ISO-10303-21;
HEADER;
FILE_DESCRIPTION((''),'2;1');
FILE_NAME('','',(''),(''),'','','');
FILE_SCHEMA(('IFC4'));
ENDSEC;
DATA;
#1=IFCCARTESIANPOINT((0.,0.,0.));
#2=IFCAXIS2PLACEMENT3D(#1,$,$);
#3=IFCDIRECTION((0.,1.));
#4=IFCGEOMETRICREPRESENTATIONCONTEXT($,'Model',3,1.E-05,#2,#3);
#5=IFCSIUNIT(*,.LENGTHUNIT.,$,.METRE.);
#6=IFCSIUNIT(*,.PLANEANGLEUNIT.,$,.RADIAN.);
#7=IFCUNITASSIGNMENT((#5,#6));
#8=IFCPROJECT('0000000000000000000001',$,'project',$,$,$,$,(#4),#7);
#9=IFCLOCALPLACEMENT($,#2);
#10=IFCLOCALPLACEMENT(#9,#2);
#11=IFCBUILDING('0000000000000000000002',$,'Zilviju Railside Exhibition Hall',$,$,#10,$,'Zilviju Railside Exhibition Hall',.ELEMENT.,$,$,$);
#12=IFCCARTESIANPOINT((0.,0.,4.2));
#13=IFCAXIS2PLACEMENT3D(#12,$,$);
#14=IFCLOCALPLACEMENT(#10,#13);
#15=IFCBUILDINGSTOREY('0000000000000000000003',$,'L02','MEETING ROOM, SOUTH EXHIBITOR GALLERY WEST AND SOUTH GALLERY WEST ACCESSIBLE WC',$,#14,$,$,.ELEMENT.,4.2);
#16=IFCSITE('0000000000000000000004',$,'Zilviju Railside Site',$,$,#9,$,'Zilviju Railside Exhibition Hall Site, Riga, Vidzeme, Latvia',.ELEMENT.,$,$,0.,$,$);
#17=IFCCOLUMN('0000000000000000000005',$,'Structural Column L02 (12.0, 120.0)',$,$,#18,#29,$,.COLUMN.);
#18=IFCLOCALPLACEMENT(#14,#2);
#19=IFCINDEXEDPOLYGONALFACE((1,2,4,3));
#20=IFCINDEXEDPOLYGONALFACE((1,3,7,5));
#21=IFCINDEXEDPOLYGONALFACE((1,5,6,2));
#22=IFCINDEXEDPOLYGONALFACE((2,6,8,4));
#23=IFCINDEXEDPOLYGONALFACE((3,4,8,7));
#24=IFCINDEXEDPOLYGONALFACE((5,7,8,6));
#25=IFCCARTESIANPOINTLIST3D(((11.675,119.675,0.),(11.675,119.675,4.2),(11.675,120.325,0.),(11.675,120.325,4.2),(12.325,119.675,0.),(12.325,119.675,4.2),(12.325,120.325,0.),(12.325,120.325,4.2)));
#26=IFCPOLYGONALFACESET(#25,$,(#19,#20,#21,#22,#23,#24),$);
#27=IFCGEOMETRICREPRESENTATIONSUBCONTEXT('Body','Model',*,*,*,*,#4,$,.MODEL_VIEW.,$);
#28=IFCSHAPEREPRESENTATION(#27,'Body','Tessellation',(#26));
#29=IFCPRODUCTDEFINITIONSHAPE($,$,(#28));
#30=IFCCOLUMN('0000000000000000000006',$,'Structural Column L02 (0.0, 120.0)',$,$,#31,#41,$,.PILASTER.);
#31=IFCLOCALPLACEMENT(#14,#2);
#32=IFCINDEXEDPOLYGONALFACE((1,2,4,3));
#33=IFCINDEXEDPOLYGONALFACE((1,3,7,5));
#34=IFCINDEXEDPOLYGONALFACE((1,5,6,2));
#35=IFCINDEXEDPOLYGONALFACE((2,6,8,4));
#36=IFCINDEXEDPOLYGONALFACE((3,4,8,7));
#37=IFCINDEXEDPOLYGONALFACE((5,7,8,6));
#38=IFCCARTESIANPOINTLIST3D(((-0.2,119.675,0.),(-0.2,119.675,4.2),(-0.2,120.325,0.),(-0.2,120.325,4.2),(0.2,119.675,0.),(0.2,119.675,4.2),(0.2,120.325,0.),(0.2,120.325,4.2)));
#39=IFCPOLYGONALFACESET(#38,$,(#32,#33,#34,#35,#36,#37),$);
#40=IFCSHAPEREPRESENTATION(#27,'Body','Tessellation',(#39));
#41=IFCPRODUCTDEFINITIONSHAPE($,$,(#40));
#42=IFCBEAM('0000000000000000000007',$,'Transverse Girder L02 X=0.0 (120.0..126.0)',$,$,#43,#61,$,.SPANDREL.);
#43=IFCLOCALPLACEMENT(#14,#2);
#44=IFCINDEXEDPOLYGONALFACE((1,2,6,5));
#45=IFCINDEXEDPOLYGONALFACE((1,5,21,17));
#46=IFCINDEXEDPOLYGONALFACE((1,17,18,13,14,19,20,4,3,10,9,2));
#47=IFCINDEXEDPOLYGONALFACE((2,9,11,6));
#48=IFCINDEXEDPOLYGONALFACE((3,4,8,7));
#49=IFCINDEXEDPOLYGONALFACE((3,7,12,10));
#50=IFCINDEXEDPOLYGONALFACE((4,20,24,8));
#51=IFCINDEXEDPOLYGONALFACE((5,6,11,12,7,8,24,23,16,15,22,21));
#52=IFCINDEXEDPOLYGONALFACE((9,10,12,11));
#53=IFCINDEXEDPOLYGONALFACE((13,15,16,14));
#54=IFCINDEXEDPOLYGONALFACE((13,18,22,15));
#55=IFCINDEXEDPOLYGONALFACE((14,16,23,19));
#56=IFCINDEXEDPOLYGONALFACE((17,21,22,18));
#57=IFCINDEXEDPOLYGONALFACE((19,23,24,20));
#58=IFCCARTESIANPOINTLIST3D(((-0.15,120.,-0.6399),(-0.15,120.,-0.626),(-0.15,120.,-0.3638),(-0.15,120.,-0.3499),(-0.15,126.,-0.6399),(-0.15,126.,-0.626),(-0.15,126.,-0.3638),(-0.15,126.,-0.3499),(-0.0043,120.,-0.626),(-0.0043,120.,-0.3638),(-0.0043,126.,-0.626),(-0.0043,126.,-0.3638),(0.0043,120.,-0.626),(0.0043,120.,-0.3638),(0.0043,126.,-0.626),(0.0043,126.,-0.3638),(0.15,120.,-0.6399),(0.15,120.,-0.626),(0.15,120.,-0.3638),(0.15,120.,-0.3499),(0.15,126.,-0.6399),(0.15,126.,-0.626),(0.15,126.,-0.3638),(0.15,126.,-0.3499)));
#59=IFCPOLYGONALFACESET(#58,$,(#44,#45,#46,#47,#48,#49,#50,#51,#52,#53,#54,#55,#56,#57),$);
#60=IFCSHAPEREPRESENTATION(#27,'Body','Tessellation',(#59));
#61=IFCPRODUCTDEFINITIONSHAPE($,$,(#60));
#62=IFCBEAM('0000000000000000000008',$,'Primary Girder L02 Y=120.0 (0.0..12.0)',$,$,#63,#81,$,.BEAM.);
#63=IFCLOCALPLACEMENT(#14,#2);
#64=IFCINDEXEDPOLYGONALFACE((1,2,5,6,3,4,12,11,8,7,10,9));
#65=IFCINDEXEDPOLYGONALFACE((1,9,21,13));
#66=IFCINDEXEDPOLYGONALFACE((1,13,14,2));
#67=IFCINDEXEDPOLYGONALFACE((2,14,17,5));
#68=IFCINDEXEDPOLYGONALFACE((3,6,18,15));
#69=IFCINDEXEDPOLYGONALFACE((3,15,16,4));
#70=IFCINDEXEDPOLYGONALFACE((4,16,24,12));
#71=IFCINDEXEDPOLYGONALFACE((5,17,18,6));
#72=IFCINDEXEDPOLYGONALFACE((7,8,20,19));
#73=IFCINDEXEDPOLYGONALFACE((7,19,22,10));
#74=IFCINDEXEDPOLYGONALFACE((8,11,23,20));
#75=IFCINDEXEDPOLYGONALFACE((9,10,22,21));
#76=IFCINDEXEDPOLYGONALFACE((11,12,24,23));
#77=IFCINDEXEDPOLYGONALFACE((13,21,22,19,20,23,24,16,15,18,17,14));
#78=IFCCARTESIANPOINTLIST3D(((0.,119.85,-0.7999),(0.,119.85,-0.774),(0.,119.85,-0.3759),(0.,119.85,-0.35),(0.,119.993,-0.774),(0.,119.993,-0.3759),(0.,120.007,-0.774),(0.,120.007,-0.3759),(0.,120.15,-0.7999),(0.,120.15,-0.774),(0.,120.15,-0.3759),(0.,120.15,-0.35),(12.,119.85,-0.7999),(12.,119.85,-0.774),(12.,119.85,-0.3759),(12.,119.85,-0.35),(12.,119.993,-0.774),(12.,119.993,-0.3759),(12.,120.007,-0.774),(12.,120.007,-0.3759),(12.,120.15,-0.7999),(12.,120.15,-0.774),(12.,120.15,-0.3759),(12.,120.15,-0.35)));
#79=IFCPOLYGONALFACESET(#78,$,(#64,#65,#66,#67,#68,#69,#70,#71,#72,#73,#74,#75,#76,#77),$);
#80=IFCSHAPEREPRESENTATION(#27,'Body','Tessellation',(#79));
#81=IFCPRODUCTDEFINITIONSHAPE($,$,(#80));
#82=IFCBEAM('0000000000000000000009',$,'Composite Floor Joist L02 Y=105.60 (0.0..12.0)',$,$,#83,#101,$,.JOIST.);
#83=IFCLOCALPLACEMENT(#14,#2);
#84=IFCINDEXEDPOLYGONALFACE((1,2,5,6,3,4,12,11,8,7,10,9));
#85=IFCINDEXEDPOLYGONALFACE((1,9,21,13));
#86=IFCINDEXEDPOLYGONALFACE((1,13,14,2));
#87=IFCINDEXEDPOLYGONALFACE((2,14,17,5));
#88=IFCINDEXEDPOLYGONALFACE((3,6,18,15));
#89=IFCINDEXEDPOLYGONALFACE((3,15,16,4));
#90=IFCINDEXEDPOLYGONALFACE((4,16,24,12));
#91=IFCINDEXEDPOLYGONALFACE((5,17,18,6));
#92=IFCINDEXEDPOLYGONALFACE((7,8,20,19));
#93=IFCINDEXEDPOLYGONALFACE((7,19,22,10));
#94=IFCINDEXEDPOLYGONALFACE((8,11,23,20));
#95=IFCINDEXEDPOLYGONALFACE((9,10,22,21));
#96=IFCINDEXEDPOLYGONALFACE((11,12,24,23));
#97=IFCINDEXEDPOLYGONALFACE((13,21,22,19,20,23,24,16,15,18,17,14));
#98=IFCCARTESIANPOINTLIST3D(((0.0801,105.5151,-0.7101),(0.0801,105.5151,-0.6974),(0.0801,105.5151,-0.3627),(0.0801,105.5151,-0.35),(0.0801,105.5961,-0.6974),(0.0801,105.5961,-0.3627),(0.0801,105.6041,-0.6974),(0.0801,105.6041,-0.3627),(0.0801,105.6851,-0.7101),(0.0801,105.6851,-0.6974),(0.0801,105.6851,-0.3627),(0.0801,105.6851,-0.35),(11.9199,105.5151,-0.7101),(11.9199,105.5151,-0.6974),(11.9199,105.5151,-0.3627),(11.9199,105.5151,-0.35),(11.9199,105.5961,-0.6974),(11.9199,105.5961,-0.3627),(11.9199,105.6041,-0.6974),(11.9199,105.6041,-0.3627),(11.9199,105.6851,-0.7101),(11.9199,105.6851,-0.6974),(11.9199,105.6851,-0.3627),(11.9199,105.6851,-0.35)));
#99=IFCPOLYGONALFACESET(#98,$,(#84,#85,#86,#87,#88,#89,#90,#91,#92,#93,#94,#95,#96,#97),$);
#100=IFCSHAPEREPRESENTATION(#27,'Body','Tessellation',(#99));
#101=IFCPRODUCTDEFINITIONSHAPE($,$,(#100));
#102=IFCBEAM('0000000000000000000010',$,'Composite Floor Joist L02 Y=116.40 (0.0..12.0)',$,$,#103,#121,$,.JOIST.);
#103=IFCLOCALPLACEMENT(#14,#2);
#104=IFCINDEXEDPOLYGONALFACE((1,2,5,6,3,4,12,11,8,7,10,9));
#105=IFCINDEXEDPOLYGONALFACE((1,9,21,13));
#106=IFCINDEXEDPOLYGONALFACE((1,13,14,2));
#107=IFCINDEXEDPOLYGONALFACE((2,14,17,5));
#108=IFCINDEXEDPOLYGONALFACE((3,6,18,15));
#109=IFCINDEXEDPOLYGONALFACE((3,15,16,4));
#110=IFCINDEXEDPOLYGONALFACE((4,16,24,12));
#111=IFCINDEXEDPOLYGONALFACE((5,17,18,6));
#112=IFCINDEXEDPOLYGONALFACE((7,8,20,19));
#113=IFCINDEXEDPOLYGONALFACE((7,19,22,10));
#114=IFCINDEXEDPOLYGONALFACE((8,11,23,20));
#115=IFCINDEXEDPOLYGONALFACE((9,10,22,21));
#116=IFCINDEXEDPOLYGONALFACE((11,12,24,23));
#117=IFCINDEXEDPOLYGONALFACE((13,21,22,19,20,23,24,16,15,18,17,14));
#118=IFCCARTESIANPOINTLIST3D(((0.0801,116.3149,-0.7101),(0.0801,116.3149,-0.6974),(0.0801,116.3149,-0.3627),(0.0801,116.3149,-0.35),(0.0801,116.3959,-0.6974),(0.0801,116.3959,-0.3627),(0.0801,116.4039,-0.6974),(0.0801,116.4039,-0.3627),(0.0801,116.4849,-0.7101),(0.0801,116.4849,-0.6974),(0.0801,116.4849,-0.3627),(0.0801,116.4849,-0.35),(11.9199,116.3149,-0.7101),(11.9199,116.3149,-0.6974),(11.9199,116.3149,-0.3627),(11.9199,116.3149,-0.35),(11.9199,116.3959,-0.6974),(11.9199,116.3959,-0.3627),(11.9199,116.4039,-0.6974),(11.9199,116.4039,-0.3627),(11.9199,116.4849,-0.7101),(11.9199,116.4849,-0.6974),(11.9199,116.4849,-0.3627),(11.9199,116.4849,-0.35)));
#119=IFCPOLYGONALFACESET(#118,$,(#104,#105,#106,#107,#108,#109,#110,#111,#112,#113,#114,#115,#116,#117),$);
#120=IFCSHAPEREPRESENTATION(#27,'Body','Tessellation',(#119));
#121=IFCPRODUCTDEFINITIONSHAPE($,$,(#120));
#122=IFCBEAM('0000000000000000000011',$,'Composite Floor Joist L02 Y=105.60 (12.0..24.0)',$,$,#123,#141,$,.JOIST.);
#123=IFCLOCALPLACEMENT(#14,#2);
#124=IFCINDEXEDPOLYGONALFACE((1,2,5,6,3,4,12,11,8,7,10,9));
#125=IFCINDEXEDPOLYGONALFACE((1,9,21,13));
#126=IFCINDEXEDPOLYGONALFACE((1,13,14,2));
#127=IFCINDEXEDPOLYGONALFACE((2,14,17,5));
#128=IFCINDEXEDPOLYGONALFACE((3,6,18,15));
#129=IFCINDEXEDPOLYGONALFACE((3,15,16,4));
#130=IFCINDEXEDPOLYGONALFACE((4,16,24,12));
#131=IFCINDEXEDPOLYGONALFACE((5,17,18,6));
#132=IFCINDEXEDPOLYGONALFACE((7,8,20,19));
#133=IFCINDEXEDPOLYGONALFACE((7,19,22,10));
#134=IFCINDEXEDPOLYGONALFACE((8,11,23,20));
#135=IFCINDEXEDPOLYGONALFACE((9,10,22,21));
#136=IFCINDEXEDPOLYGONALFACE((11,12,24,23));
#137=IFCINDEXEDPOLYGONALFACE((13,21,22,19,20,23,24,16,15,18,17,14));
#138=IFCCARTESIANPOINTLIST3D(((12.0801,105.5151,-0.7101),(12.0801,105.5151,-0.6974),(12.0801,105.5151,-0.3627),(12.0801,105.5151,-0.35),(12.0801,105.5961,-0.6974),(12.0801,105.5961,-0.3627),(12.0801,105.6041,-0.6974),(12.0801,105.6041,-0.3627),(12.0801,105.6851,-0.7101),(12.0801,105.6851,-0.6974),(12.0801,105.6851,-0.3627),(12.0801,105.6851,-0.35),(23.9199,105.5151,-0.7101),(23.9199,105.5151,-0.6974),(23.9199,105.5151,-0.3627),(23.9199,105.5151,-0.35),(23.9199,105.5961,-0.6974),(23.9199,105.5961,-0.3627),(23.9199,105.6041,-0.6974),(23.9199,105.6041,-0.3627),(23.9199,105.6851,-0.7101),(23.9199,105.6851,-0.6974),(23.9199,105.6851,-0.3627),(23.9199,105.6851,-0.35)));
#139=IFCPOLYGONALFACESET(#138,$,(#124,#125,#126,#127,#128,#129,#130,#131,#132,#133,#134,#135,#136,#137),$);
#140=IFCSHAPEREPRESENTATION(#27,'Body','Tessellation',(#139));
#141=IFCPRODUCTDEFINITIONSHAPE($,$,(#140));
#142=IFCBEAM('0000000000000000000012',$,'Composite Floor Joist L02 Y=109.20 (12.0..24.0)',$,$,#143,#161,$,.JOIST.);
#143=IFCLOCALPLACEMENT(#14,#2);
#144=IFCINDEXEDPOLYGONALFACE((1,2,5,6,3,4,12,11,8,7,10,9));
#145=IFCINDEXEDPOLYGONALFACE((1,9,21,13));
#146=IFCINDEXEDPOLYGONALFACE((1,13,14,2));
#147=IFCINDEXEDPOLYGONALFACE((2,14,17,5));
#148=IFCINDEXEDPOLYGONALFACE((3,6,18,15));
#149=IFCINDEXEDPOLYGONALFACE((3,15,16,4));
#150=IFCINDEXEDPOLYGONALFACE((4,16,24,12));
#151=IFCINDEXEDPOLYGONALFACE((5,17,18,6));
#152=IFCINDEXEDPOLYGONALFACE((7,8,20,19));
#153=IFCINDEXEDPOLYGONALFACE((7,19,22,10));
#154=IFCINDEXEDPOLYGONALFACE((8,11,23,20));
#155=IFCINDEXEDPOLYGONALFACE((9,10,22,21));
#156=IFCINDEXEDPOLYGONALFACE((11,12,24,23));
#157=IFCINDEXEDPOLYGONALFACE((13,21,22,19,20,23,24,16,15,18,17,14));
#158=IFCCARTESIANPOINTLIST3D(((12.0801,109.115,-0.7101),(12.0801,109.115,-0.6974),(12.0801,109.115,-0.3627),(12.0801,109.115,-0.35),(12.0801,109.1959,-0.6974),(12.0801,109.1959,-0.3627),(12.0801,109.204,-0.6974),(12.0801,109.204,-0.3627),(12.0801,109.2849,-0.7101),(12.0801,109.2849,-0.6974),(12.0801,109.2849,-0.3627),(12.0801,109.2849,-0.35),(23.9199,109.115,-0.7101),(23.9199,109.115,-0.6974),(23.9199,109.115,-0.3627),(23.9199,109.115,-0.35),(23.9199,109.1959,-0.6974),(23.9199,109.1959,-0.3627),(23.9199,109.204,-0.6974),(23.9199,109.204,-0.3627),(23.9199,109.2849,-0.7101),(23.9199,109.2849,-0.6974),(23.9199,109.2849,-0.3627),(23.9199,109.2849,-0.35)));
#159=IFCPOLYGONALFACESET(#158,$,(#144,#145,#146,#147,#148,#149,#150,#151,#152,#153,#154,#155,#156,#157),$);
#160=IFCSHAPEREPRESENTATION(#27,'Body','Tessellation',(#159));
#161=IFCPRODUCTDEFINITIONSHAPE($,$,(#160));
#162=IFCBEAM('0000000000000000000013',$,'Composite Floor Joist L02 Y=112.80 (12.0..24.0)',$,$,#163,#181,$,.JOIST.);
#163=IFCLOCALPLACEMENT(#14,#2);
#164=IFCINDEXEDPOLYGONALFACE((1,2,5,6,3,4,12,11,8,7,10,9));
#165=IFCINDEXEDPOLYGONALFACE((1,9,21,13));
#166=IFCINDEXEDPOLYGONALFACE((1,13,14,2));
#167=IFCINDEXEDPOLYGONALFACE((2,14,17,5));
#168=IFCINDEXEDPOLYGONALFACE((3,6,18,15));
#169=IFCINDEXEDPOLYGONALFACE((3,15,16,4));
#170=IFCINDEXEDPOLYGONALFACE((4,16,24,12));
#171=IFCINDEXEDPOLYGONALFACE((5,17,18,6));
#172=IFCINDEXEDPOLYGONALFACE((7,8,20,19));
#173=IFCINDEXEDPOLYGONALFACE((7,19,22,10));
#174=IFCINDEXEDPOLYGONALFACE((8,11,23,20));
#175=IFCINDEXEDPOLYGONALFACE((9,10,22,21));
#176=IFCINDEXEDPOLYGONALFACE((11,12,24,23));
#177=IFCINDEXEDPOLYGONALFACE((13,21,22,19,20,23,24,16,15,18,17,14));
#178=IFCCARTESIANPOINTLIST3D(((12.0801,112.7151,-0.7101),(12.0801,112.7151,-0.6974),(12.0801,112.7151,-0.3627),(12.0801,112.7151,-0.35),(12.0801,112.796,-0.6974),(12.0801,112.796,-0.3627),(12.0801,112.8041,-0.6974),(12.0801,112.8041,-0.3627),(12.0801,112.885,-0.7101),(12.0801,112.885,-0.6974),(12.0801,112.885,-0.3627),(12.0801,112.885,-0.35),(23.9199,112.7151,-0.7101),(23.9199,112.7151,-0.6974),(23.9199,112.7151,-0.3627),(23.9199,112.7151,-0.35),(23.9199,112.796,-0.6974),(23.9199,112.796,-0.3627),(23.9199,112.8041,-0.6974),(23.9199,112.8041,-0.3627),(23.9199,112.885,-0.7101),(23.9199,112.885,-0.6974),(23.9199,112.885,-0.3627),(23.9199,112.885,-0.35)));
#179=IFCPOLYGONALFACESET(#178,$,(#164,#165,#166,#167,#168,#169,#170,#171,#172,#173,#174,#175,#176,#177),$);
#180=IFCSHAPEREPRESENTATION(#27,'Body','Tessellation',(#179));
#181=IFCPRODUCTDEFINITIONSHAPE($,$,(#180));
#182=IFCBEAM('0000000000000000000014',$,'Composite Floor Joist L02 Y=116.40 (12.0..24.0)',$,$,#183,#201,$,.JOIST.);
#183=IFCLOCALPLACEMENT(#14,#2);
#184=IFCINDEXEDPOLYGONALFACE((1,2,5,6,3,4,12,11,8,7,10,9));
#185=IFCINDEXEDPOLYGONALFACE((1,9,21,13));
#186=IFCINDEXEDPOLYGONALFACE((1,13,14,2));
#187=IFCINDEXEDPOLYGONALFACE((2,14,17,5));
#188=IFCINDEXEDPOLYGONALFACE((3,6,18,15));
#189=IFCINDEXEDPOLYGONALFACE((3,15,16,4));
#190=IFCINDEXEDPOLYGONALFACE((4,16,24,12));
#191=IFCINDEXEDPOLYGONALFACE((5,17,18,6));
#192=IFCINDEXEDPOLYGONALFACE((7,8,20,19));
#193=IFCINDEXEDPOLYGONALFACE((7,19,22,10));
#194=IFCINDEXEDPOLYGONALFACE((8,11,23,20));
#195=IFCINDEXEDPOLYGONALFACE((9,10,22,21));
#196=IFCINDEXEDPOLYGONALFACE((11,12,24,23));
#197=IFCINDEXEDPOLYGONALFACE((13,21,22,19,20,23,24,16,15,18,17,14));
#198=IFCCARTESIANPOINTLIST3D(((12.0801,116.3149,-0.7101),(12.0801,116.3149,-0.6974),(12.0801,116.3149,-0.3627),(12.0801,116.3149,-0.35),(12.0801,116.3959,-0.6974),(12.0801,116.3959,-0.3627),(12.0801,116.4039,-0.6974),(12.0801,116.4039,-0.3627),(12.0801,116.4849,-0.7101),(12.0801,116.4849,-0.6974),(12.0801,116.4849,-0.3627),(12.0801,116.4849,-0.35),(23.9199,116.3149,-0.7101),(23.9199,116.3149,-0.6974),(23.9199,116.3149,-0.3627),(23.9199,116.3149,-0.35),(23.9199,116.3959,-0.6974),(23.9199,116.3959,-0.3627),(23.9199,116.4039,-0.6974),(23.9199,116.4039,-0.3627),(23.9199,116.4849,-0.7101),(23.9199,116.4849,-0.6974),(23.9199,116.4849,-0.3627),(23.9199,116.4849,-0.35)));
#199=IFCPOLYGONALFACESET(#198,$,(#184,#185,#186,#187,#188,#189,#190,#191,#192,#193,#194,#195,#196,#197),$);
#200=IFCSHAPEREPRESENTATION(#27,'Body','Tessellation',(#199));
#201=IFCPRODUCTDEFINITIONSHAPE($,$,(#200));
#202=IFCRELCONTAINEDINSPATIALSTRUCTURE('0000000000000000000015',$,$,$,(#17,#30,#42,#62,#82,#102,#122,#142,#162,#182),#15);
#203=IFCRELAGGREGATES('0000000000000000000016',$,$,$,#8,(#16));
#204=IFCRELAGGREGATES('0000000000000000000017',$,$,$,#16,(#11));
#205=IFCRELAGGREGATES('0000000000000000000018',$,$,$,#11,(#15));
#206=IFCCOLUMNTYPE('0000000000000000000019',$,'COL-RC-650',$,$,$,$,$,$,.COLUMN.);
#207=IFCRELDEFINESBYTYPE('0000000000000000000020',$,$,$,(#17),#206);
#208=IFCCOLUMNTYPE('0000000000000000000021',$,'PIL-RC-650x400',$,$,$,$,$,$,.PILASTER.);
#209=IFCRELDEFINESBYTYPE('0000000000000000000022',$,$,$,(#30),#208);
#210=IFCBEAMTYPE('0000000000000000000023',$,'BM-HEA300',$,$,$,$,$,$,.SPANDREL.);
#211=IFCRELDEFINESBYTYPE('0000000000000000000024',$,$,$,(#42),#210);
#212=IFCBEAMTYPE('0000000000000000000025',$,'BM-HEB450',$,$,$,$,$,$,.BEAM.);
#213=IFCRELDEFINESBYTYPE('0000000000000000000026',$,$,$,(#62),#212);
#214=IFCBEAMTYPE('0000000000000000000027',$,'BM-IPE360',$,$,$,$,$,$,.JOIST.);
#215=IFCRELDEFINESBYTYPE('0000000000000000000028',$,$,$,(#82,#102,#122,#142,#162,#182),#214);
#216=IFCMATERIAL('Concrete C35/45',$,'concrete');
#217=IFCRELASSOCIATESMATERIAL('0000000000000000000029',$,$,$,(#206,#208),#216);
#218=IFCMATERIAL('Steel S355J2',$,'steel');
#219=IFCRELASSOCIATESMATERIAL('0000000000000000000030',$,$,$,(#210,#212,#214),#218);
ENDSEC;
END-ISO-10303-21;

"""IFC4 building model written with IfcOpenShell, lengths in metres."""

from ifc_helpers import new_model, si_unit, direction, frame, origin, origin_2d, place, context, subcontext, project, spatial, rectangle, i_section, extrude, material, material_profile, profile_set, type_object, element, save


model = new_model("IFC4")

# Units and contexts
model_context = context("Model", 3, precision=1e-05, world=origin(), true_north=direction((0.0, 1.0)))
body_context = subcontext(model_context, "Body", "Model", "MODEL_VIEW")
ifc_project = project(units=[si_unit("LENGTHUNIT", "METRE"), si_unit("PLANEANGLEUNIT", "RADIAN")], contexts=[model_context])

# Site, building, storey
site_placement = place(None, origin())
site = spatial("IfcSite", under=ifc_project, at=site_placement, Name="Zilviju Railside Site", LongName="Zilviju Railside Exhibition Hall Site, Riga, Vidzeme, Latvia", CompositionType="ELEMENT", RefElevation=0.0)
building_placement = place(site_placement, origin())
building = spatial("IfcBuilding", under=site, at=building_placement, Name="Zilviju Railside Exhibition Hall", LongName="Zilviju Railside Exhibition Hall", CompositionType="ELEMENT")
storey_placement = place(building_placement, frame((0.0, 0.0, 4.2)))
storey = spatial("IfcBuildingStorey", under=building, at=storey_placement, Name="L02", Description="MEETING ROOM, SOUTH EXHIBITOR GALLERY WEST AND SOUTH GALLERY WEST ACCESSIBLE WC", CompositionType="ELEMENT", Elevation=4.2)

# Columns
ifc_material_1 = material(Name="Concrete C35/45", Category="concrete")
ifc_material_profile_1 = material_profile(ifc_material_1, rectangle(XDim=0.6499, YDim=0.6499, at=origin_2d()), Name="RC COL 650x650")
ifc_profile_set_1 = profile_set([ifc_material_profile_1], Name="Concrete C35/45")
column_type_1 = type_object("IfcColumnType", Name="COL-RC-650", PredefinedType="COLUMN", material=ifc_profile_set_1)
column_1_placement = place(storey_placement, frame((12.0, 120.0, 0.0), z_axis=(0.0, 0.0, 1.0), x_axis=(1.0, 0.0, 0.0)))
element("IfcColumn", 1, at=column_1_placement, inside=storey, type_object=column_type_1, Name="Structural Column L02 (12.0, 120.0)", PredefinedType="COLUMN", context=body_context, shape_type="SweptSolid", body=[
    extrude(rectangle(XDim=0.6499, YDim=0.6499, at=origin_2d()), origin(), (0.0, 0.0, 1.0), 4.2),
])
ifc_material_profile_2 = material_profile(ifc_material_1, rectangle(XDim=0.3999, YDim=0.6499, at=origin_2d()), Name="RC COL 400x650")
ifc_profile_set_2 = profile_set([ifc_material_profile_2], Name="Concrete C35/45")
column_type_2 = type_object("IfcColumnType", Name="PIL-RC-650x400", PredefinedType="PILASTER", material=ifc_profile_set_2)
column_2_placement = place(storey_placement, frame((0.0, 120.0, 0.0), z_axis=(0.0, 0.0, 1.0), x_axis=(1.0, 0.0, 0.0)))
element("IfcColumn", 2, at=column_2_placement, inside=storey, type_object=column_type_2, Name="Structural Column L02 (0.0, 120.0)", PredefinedType="PILASTER", context=body_context, shape_type="SweptSolid", body=[
    extrude(rectangle(XDim=0.3999, YDim=0.6499, at=origin_2d()), origin(), (0.0, 0.0, 1.0), 4.2),
])

# Beams
ifc_material_2 = material(Name="Steel S355J2", Category="steel")
ifc_material_profile_3 = material_profile(ifc_material_2, i_section(OverallWidth=0.3, OverallDepth=0.29, WebThickness=0.0085, FlangeThickness=0.0139, at=origin_2d()), Name="HEA 300")
ifc_profile_set_3 = profile_set([ifc_material_profile_3], Name="Steel S355J2")
beam_type_1 = type_object("IfcBeamType", Name="BM-HEA300", PredefinedType="SPANDREL", material=ifc_profile_set_3)
beam_1_placement = place(storey_placement, frame((0.0, 120.0, -0.4949), z_axis=(0.0, 1.0, 0.0), x_axis=(-1.0, 0.0, 0.0)))
element("IfcBeam", 3, at=beam_1_placement, inside=storey, type_object=beam_type_1, Name="Transverse Girder L02 X=0.0 (120.0..126.0)", PredefinedType="SPANDREL", context=body_context, shape_type="SweptSolid", body=[
    extrude(i_section(OverallWidth=0.3, OverallDepth=0.29, WebThickness=0.0085, FlangeThickness=0.0139, at=origin_2d()), origin(), (0.0, 0.0, 1.0), 6.0),
])
ifc_material_profile_4 = material_profile(ifc_material_2, i_section(OverallWidth=0.3, OverallDepth=0.45, WebThickness=0.0139, FlangeThickness=0.0259, at=origin_2d()), Name="HEB 450")
ifc_profile_set_4 = profile_set([ifc_material_profile_4], Name="Steel S355J2")
beam_type_2 = type_object("IfcBeamType", Name="BM-HEB450", PredefinedType="BEAM", material=ifc_profile_set_4)
beam_2_placement = place(storey_placement, frame((0.0, 120.0, -0.575), z_axis=(1.0, 0.0, 0.0), x_axis=(0.0, 1.0, 0.0)))
element("IfcBeam", 4, at=beam_2_placement, inside=storey, type_object=beam_type_2, Name="Primary Girder L02 Y=120.0 (0.0..12.0)", PredefinedType="BEAM", context=body_context, shape_type="SweptSolid", body=[
    extrude(i_section(OverallWidth=0.3, OverallDepth=0.45, WebThickness=0.0139, FlangeThickness=0.0259, at=origin_2d()), origin(), (0.0, 0.0, 1.0), 12.0),
])
ifc_material_profile_5 = material_profile(ifc_material_2, i_section(OverallWidth=0.1699, OverallDepth=0.3601, WebThickness=0.0081, FlangeThickness=0.0127, at=origin_2d()), Name="IPE 360")
ifc_profile_set_5 = profile_set([ifc_material_profile_5], Name="Steel S355J2")
beam_type_3 = type_object("IfcBeamType", Name="BM-IPE360", PredefinedType="JOIST", material=ifc_profile_set_5)
for number, where, z_axis, x_axis, name in (
    (5, (0.0801, 105.6001, -0.53), (1.0, 0.0, 0.0), (0.0, 1.0, 0.0), "Composite Floor Joist L02 Y=105.60 (0.0..12.0)"),
    (6, (0.0801, 116.3999, -0.53), (1.0, 0.0, 0.0), (0.0, 1.0, 0.0), "Composite Floor Joist L02 Y=116.40 (0.0..12.0)"),
    (7, (12.0801, 105.6001, -0.53), (1.0, 0.0, 0.0), (0.0, 1.0, 0.0), "Composite Floor Joist L02 Y=105.60 (12.0..24.0)"),
    (8, (12.0801, 109.2, -0.53), (1.0, 0.0, 0.0), (0.0, 1.0, 0.0), "Composite Floor Joist L02 Y=109.20 (12.0..24.0)"),
    (9, (12.0801, 112.8, -0.53), (1.0, 0.0, 0.0), (0.0, 1.0, 0.0), "Composite Floor Joist L02 Y=112.80 (12.0..24.0)"),
    (10, (12.0801, 116.3999, -0.53), (1.0, 0.0, 0.0), (0.0, 1.0, 0.0), "Composite Floor Joist L02 Y=116.40 (12.0..24.0)"),
):
    element("IfcBeam", number, at=place(storey_placement, frame(where, z_axis=z_axis, x_axis=x_axis)), inside=storey, type_object=beam_type_3, Name=name, PredefinedType="JOIST", context=body_context, shape_type="SweptSolid", body=[
        extrude(i_section(OverallWidth=0.1699, OverallDepth=0.3601, WebThickness=0.0081, FlangeThickness=0.0127, at=origin_2d()), origin(), (0.0, 0.0, 1.0), 11.8398),
    ])

save(model, "model.ifc")
